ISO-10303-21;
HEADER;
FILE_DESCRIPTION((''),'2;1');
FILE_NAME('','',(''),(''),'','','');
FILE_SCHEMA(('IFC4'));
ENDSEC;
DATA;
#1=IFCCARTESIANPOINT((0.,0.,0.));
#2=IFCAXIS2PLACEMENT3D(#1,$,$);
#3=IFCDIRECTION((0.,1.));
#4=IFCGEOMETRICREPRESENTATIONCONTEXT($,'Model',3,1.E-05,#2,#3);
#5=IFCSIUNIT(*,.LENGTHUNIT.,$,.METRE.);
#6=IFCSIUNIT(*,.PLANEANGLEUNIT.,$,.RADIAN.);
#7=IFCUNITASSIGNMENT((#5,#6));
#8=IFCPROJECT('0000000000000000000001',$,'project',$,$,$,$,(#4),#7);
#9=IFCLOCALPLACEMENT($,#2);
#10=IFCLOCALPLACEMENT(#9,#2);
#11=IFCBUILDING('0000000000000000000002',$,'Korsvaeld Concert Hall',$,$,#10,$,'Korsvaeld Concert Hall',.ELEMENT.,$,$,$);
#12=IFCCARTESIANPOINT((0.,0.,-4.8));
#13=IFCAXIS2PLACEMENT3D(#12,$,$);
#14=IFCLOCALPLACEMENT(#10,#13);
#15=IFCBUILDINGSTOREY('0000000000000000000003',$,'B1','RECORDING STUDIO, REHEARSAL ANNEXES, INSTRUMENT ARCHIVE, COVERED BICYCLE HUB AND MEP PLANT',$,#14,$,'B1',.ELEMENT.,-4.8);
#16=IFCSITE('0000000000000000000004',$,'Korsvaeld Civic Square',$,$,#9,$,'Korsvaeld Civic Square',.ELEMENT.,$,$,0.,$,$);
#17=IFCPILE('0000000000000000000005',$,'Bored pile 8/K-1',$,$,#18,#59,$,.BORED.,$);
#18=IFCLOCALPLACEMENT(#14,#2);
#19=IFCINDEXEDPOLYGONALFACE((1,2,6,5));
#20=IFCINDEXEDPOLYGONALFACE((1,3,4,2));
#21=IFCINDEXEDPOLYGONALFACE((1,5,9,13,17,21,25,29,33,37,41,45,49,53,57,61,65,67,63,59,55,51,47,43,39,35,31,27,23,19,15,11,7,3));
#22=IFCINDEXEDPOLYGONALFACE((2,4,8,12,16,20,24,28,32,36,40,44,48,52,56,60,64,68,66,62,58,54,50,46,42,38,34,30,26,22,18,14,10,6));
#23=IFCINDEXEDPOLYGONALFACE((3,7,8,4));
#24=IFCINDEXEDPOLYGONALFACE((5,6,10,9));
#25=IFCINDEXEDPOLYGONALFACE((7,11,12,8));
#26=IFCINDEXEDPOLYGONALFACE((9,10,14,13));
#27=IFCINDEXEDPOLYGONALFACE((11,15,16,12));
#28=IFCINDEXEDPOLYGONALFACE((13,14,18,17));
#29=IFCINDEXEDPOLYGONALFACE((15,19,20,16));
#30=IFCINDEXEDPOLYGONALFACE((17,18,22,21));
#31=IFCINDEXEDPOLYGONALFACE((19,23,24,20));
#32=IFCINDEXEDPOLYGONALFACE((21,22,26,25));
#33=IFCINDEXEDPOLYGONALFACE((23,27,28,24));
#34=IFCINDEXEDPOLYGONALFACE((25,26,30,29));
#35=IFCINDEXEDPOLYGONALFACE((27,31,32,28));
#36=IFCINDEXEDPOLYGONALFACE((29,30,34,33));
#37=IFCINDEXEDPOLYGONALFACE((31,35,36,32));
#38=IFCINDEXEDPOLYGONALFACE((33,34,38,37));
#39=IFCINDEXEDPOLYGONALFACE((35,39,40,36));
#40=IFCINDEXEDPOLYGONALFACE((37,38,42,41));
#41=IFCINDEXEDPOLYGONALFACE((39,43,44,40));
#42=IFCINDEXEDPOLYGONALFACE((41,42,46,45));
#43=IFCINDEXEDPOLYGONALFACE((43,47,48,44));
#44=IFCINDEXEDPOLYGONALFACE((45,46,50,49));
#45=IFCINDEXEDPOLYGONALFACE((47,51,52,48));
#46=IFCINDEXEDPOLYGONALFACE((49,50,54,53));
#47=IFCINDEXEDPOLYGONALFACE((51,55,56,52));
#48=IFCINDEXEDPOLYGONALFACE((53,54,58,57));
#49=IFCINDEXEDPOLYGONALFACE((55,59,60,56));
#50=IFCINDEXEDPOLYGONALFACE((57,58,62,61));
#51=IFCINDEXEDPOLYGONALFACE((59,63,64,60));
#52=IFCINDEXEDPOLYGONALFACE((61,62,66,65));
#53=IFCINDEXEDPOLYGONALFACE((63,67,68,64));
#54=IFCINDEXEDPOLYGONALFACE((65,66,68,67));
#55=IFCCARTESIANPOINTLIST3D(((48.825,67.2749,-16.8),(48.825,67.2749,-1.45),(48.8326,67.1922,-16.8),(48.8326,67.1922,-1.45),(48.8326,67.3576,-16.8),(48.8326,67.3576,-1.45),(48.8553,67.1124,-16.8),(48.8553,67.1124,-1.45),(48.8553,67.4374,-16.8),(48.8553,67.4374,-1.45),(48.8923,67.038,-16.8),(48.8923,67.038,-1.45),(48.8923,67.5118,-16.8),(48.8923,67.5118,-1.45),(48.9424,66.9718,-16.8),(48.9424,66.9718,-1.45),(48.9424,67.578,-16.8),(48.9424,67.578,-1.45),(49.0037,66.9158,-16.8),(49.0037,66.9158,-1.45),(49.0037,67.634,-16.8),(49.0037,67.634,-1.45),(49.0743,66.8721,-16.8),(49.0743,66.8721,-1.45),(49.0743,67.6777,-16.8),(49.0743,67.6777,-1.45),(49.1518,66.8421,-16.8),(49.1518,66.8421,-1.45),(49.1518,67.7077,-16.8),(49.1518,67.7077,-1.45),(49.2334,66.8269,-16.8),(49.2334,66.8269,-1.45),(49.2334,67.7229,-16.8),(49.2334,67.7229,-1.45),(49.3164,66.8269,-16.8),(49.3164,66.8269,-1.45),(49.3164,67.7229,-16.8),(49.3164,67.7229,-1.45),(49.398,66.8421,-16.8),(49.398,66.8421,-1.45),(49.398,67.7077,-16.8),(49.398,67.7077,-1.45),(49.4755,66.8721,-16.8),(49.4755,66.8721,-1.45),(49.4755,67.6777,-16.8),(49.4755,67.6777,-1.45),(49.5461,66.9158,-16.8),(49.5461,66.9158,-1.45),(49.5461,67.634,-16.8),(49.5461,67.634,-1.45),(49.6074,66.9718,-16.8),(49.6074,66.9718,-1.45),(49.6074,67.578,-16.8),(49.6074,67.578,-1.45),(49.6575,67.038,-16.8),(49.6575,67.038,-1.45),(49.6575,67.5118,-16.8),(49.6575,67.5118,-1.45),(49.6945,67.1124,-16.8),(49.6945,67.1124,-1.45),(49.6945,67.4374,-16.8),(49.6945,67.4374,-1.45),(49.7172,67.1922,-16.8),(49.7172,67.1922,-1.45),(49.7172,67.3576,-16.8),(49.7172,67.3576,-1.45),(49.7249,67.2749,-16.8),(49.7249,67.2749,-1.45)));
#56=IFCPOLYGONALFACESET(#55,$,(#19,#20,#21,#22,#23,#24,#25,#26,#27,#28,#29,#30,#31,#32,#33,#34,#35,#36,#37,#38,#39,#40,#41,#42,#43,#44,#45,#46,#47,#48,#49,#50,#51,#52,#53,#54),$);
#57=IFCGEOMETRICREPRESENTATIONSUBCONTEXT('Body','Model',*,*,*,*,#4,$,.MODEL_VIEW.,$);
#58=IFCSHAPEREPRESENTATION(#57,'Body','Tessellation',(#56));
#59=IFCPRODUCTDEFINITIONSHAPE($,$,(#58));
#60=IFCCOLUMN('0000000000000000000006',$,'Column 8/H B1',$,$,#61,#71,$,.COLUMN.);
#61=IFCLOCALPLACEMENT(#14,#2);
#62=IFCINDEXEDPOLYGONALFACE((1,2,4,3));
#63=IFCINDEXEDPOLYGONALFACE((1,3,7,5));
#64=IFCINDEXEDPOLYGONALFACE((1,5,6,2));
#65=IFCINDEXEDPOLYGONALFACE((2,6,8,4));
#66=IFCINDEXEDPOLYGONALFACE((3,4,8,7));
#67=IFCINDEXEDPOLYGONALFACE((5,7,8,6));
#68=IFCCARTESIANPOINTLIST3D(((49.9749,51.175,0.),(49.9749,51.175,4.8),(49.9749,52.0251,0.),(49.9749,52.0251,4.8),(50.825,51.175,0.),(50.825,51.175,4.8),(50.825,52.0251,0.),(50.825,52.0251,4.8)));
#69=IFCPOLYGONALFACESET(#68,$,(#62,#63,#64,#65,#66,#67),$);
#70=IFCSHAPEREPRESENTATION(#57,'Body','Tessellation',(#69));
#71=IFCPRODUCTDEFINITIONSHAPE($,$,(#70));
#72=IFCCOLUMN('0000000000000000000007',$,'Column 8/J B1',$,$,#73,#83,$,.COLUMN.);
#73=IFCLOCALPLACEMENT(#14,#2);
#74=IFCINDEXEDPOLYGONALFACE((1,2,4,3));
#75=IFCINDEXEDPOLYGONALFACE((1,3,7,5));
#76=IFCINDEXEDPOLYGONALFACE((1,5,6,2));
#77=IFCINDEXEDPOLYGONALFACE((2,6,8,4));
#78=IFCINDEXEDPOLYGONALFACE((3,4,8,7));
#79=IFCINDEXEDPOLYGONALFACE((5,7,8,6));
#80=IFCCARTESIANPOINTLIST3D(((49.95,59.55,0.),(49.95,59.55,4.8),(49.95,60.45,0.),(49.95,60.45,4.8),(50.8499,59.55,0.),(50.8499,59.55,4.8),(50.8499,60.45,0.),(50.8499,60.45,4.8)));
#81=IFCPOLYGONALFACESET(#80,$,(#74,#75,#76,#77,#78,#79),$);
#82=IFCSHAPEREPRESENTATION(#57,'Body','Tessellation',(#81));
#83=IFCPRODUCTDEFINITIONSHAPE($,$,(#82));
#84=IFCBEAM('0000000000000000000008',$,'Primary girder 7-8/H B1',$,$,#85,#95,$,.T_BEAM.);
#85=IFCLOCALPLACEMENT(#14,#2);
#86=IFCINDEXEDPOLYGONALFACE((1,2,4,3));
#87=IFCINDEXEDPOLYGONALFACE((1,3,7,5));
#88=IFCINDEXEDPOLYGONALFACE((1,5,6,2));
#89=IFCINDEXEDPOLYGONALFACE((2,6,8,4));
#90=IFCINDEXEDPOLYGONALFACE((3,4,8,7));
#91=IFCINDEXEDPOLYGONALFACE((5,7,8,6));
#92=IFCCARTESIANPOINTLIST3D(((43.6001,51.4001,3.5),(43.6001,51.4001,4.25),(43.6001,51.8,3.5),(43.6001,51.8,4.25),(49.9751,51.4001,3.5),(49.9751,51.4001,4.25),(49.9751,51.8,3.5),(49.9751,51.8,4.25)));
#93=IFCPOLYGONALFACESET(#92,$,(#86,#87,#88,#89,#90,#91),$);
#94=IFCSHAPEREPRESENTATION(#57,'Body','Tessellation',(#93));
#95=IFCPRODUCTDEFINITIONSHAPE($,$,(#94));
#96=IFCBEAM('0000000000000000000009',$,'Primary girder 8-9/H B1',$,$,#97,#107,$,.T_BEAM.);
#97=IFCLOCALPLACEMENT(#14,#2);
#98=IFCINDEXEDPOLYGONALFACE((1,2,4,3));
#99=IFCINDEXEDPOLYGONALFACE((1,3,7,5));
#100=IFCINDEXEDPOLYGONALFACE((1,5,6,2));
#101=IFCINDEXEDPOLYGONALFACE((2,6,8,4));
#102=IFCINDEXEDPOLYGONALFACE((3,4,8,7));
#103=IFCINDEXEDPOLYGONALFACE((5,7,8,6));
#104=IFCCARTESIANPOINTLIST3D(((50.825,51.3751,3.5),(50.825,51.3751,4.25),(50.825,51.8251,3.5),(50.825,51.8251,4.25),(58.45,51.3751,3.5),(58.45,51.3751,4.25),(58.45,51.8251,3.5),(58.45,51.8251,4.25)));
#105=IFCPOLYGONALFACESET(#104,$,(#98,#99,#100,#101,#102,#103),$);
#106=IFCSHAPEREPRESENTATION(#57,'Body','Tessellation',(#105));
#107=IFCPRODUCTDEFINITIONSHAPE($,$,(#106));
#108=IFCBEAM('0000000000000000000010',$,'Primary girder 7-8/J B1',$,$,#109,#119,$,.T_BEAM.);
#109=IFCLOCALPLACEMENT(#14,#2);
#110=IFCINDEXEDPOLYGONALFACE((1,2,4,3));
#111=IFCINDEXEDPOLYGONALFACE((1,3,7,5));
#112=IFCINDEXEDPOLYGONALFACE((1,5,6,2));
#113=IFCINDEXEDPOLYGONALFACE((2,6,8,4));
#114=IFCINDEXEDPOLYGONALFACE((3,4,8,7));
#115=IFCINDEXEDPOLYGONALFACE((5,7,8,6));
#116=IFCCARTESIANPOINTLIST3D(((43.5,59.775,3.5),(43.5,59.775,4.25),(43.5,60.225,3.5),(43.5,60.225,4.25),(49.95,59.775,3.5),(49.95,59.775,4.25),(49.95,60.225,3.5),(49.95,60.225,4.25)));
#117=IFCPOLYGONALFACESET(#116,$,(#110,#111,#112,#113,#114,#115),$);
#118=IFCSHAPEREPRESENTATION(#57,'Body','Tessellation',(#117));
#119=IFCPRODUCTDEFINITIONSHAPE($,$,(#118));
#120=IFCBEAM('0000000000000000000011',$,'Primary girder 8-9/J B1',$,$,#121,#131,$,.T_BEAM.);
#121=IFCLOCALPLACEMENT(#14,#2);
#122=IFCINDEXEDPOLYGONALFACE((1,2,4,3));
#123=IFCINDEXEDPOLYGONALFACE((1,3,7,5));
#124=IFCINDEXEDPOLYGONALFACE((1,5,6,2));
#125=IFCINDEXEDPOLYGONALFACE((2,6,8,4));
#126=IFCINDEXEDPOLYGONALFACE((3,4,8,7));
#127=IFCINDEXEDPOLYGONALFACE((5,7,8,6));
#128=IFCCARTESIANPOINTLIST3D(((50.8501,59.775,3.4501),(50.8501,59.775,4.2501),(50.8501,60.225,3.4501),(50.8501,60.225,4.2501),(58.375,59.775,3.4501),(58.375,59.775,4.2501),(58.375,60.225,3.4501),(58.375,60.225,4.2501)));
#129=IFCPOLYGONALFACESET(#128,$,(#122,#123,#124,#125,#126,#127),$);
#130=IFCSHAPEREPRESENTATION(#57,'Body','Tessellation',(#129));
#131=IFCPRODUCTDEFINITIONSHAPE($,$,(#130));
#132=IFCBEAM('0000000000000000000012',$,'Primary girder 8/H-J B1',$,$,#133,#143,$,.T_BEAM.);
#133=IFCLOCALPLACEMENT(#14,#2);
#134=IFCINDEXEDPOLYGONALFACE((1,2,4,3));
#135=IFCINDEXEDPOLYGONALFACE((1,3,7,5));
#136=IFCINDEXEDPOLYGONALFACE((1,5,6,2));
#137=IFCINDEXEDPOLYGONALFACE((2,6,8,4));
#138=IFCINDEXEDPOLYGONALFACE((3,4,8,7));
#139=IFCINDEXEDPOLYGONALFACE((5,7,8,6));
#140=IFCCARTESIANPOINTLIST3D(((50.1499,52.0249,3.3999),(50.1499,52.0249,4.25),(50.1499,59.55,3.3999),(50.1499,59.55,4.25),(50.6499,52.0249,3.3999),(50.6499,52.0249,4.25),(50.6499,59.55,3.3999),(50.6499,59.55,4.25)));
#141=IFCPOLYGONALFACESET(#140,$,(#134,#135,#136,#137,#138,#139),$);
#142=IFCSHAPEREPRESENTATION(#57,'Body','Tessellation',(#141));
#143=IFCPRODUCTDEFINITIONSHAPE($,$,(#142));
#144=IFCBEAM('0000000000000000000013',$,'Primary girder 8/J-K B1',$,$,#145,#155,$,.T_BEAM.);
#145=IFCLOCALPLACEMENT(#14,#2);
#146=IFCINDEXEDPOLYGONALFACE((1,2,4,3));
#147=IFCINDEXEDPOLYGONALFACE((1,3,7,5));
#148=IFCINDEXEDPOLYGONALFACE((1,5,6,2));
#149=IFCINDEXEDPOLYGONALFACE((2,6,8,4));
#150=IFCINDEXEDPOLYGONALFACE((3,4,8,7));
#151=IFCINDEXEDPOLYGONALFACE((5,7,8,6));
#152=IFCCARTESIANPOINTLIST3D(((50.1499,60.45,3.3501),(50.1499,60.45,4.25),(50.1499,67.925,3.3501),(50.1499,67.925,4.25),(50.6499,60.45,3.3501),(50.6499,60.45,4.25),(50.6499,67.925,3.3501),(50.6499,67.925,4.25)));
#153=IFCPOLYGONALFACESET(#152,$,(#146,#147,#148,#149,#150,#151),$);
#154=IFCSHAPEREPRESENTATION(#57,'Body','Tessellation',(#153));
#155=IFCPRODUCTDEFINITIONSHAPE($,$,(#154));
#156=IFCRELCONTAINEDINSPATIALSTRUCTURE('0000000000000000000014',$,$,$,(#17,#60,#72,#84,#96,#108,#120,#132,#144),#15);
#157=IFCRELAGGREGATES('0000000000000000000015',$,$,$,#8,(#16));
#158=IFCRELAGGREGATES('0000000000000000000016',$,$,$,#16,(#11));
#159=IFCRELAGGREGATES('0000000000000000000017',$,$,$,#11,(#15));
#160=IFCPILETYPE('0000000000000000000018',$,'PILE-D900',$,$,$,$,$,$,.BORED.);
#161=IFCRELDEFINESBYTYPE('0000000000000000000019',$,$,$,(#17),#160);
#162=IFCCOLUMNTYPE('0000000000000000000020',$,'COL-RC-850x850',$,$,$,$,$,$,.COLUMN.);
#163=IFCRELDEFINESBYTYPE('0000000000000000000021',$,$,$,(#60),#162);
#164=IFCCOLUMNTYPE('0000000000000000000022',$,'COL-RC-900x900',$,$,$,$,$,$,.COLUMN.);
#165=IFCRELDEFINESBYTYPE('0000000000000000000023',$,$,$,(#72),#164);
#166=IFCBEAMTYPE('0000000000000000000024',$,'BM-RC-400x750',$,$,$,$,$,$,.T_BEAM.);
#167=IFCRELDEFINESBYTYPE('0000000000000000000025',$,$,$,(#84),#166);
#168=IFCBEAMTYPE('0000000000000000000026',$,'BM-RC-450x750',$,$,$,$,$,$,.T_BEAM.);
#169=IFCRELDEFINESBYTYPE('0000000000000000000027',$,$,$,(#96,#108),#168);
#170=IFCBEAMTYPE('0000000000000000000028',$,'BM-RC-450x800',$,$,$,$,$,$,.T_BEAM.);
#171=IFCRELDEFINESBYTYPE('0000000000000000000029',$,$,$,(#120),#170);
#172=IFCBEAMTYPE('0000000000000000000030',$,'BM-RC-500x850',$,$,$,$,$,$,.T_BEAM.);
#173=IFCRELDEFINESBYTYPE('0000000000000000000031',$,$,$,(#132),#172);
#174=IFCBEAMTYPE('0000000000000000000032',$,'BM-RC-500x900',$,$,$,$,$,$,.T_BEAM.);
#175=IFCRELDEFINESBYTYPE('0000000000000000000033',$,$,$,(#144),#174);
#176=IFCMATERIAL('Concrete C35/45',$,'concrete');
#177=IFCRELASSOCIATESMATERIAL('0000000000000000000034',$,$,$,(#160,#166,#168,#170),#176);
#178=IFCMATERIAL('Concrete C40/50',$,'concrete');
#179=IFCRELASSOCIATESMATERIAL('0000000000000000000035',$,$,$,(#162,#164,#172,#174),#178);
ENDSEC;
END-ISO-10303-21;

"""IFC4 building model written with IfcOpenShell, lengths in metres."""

from ifc_helpers import new_model, si_unit, direction, frame, origin, origin_2d, place, context, subcontext, project, spatial, rectangle, circle, extrude, material, material_profile, profile_set, type_object, element, save


model = new_model("IFC4")

# Units and contexts
model_context = context("Model", 3, precision=1e-05, world=origin(), true_north=direction((0.0, 1.0)))
body_context = subcontext(model_context, "Body", "Model", "MODEL_VIEW")
ifc_project = project(units=[si_unit("LENGTHUNIT", "METRE"), si_unit("PLANEANGLEUNIT", "RADIAN")], contexts=[model_context])

# Site, building, storey
site_placement = place(None, origin())
site = spatial("IfcSite", under=ifc_project, at=site_placement, Name="Korsvaeld Civic Square", LongName="Korsvaeld Civic Square", CompositionType="ELEMENT", RefElevation=0.0)
building_placement = place(site_placement, origin())
building = spatial("IfcBuilding", under=site, at=building_placement, Name="Korsvaeld Concert Hall", LongName="Korsvaeld Concert Hall", CompositionType="ELEMENT")
storey_placement = place(building_placement, frame((0.0, 0.0, -4.8)))
storey = spatial("IfcBuildingStorey", under=building, at=storey_placement, Name="B1", Description="RECORDING STUDIO, REHEARSAL ANNEXES, INSTRUMENT ARCHIVE, COVERED BICYCLE HUB AND MEP PLANT", LongName="B1", CompositionType="ELEMENT", Elevation=-4.8)

# Shared definitions
ifc_material_1 = material(Name="Concrete C35/45", Category="concrete")

# Pile
ifc_material_profile_1 = material_profile(ifc_material_1, circle(Radius=0.45, at=origin_2d()), Name="BORED PILE D900")
ifc_profile_set_1 = profile_set([ifc_material_profile_1], Name="Concrete C35/45")
pile_type_1 = type_object("IfcPileType", Name="PILE-D900", PredefinedType="BORED", material=ifc_profile_set_1)
pile_1_placement = place(storey_placement, frame((49.2749, 67.2749, -1.45), z_axis=(0.0, 0.0, -1.0), x_axis=(1.0, 0.0, 0.0)))
element("IfcPile", 1, at=pile_1_placement, inside=storey, type_object=pile_type_1, Name="Bored pile 8/K-1", PredefinedType="BORED", context=body_context, shape_type="SweptSolid", body=[
    extrude(circle(Radius=0.45, at=origin_2d()), origin(), (0.0, 0.0, 1.0), 15.3501),
])

# Columns
ifc_material_2 = material(Name="Concrete C40/50", Category="concrete")
ifc_material_profile_2 = material_profile(ifc_material_2, rectangle(XDim=0.8501, YDim=0.8501, at=origin_2d()), Name="RC 850x850")
ifc_profile_set_2 = profile_set([ifc_material_profile_2], Name="Concrete C40/50")
column_type_1 = type_object("IfcColumnType", Name="COL-RC-850x850", PredefinedType="COLUMN", material=ifc_profile_set_2)
column_1_placement = place(storey_placement, frame((50.3999, 51.6001, 0.0), z_axis=(0.0, 0.0, 1.0), x_axis=(1.0, 0.0, 0.0)))
element("IfcColumn", 2, at=column_1_placement, inside=storey, type_object=column_type_1, Name="Column 8/H B1", PredefinedType="COLUMN", context=body_context, shape_type="SweptSolid", body=[
    extrude(rectangle(XDim=0.8501, YDim=0.8501, at=origin_2d()), origin(), (0.0, 0.0, 1.0), 4.8),
])
ifc_material_profile_3 = material_profile(ifc_material_2, rectangle(XDim=0.8999, YDim=0.8999, at=origin_2d()), Name="RC 900x900")
ifc_profile_set_3 = profile_set([ifc_material_profile_3], Name="Concrete C40/50")
column_type_2 = type_object("IfcColumnType", Name="COL-RC-900x900", PredefinedType="COLUMN", material=ifc_profile_set_3)
column_2_placement = place(storey_placement, frame((50.3999, 60.0, 0.0), z_axis=(0.0, 0.0, 1.0), x_axis=(1.0, 0.0, 0.0)))
element("IfcColumn", 3, at=column_2_placement, inside=storey, type_object=column_type_2, Name="Column 8/J B1", PredefinedType="COLUMN", context=body_context, shape_type="SweptSolid", body=[
    extrude(rectangle(XDim=0.8999, YDim=0.8999, at=origin_2d()), origin(), (0.0, 0.0, 1.0), 4.8),
])

# Beams
ifc_material_profile_4 = material_profile(ifc_material_1, rectangle(XDim=0.3999, YDim=0.75, at=origin_2d()), Name="RC 400x750")
ifc_profile_set_4 = profile_set([ifc_material_profile_4], Name="Concrete C35/45")
beam_type_1 = type_object("IfcBeamType", Name="BM-RC-400x750", PredefinedType="T_BEAM", material=ifc_profile_set_4)
beam_1_placement = place(storey_placement, frame((43.6001, 51.6001, 3.875), z_axis=(1.0, 0.0, 0.0), x_axis=(0.0, 1.0, 0.0)))
element("IfcBeam", 4, at=beam_1_placement, inside=storey, type_object=beam_type_1, Name="Primary girder 7-8/H B1", PredefinedType="T_BEAM", context=body_context, shape_type="SweptSolid", body=[
    extrude(rectangle(XDim=0.3999, YDim=0.75, at=origin_2d()), origin(), (0.0, 0.0, 1.0), 6.375),
])
ifc_material_profile_5 = material_profile(ifc_material_1, rectangle(XDim=0.45, YDim=0.75, at=origin_2d()), Name="RC 450x750")
ifc_profile_set_5 = profile_set([ifc_material_profile_5], Name="Concrete C35/45")
beam_type_2 = type_object("IfcBeamType", Name="BM-RC-450x750", PredefinedType="T_BEAM", material=ifc_profile_set_5)
beam_2_placement = place(storey_placement, frame((50.825, 51.6001, 3.875), z_axis=(1.0, 0.0, 0.0), x_axis=(0.0, 1.0, 0.0)))
element("IfcBeam", 5, at=beam_2_placement, inside=storey, type_object=beam_type_2, Name="Primary girder 8-9/H B1", PredefinedType="T_BEAM", context=body_context, shape_type="SweptSolid", body=[
    extrude(rectangle(XDim=0.45, YDim=0.75, at=origin_2d()), origin(), (0.0, 0.0, 1.0), 7.625),
])
beam_3_placement = place(storey_placement, frame((43.5, 60.0, 3.875), z_axis=(1.0, 0.0, 0.0), x_axis=(0.0, 1.0, 0.0)))
element("IfcBeam", 6, at=beam_3_placement, inside=storey, type_object=beam_type_2, Name="Primary girder 7-8/J B1", PredefinedType="T_BEAM", context=body_context, shape_type="SweptSolid", body=[
    extrude(rectangle(XDim=0.45, YDim=0.75, at=origin_2d()), origin(), (0.0, 0.0, 1.0), 6.45),
])
ifc_material_profile_6 = material_profile(ifc_material_1, rectangle(XDim=0.45, YDim=0.8, at=origin_2d()), Name="RC 450x800")
ifc_profile_set_6 = profile_set([ifc_material_profile_6], Name="Concrete C35/45")
beam_type_3 = type_object("IfcBeamType", Name="BM-RC-450x800", PredefinedType="T_BEAM", material=ifc_profile_set_6)
beam_4_placement = place(storey_placement, frame((50.8501, 60.0, 3.8501), z_axis=(1.0, 0.0, 0.0), x_axis=(0.0, 1.0, 0.0)))
element("IfcBeam", 7, at=beam_4_placement, inside=storey, type_object=beam_type_3, Name="Primary girder 8-9/J B1", PredefinedType="T_BEAM", context=body_context, shape_type="SweptSolid", body=[
    extrude(rectangle(XDim=0.45, YDim=0.8, at=origin_2d()), origin(), (0.0, 0.0, 1.0), 7.5249),
])
ifc_material_profile_7 = material_profile(ifc_material_2, rectangle(XDim=0.5, YDim=0.8501, at=origin_2d()), Name="RC 500x850")
ifc_profile_set_7 = profile_set([ifc_material_profile_7], Name="Concrete C40/50")
beam_type_4 = type_object("IfcBeamType", Name="BM-RC-500x850", PredefinedType="T_BEAM", material=ifc_profile_set_7)
beam_5_placement = place(storey_placement, frame((50.3999, 52.0249, 3.825), z_axis=(0.0, 1.0, 0.0), x_axis=(-1.0, 0.0, 0.0)))
element("IfcBeam", 8, at=beam_5_placement, inside=storey, type_object=beam_type_4, Name="Primary girder 8/H-J B1", PredefinedType="T_BEAM", context=body_context, shape_type="SweptSolid", body=[
    extrude(rectangle(XDim=0.5, YDim=0.8501, at=origin_2d()), origin(), (0.0, 0.0, 1.0), 7.5251),
])
ifc_material_profile_8 = material_profile(ifc_material_2, rectangle(XDim=0.5, YDim=0.8999, at=origin_2d()), Name="RC 500x900")
ifc_profile_set_8 = profile_set([ifc_material_profile_8], Name="Concrete C40/50")
beam_type_5 = type_object("IfcBeamType", Name="BM-RC-500x900", PredefinedType="T_BEAM", material=ifc_profile_set_8)
beam_6_placement = place(storey_placement, frame((50.3999, 60.45, 3.8), z_axis=(0.0, 1.0, 0.0), x_axis=(-1.0, 0.0, 0.0)))
element("IfcBeam", 9, at=beam_6_placement, inside=storey, type_object=beam_type_5, Name="Primary girder 8/J-K B1", PredefinedType="T_BEAM", context=body_context, shape_type="SweptSolid", body=[
    extrude(rectangle(XDim=0.5, YDim=0.8999, at=origin_2d()), origin(), (0.0, 0.0, 1.0), 7.4751),
])

save(model, "model.ifc")
